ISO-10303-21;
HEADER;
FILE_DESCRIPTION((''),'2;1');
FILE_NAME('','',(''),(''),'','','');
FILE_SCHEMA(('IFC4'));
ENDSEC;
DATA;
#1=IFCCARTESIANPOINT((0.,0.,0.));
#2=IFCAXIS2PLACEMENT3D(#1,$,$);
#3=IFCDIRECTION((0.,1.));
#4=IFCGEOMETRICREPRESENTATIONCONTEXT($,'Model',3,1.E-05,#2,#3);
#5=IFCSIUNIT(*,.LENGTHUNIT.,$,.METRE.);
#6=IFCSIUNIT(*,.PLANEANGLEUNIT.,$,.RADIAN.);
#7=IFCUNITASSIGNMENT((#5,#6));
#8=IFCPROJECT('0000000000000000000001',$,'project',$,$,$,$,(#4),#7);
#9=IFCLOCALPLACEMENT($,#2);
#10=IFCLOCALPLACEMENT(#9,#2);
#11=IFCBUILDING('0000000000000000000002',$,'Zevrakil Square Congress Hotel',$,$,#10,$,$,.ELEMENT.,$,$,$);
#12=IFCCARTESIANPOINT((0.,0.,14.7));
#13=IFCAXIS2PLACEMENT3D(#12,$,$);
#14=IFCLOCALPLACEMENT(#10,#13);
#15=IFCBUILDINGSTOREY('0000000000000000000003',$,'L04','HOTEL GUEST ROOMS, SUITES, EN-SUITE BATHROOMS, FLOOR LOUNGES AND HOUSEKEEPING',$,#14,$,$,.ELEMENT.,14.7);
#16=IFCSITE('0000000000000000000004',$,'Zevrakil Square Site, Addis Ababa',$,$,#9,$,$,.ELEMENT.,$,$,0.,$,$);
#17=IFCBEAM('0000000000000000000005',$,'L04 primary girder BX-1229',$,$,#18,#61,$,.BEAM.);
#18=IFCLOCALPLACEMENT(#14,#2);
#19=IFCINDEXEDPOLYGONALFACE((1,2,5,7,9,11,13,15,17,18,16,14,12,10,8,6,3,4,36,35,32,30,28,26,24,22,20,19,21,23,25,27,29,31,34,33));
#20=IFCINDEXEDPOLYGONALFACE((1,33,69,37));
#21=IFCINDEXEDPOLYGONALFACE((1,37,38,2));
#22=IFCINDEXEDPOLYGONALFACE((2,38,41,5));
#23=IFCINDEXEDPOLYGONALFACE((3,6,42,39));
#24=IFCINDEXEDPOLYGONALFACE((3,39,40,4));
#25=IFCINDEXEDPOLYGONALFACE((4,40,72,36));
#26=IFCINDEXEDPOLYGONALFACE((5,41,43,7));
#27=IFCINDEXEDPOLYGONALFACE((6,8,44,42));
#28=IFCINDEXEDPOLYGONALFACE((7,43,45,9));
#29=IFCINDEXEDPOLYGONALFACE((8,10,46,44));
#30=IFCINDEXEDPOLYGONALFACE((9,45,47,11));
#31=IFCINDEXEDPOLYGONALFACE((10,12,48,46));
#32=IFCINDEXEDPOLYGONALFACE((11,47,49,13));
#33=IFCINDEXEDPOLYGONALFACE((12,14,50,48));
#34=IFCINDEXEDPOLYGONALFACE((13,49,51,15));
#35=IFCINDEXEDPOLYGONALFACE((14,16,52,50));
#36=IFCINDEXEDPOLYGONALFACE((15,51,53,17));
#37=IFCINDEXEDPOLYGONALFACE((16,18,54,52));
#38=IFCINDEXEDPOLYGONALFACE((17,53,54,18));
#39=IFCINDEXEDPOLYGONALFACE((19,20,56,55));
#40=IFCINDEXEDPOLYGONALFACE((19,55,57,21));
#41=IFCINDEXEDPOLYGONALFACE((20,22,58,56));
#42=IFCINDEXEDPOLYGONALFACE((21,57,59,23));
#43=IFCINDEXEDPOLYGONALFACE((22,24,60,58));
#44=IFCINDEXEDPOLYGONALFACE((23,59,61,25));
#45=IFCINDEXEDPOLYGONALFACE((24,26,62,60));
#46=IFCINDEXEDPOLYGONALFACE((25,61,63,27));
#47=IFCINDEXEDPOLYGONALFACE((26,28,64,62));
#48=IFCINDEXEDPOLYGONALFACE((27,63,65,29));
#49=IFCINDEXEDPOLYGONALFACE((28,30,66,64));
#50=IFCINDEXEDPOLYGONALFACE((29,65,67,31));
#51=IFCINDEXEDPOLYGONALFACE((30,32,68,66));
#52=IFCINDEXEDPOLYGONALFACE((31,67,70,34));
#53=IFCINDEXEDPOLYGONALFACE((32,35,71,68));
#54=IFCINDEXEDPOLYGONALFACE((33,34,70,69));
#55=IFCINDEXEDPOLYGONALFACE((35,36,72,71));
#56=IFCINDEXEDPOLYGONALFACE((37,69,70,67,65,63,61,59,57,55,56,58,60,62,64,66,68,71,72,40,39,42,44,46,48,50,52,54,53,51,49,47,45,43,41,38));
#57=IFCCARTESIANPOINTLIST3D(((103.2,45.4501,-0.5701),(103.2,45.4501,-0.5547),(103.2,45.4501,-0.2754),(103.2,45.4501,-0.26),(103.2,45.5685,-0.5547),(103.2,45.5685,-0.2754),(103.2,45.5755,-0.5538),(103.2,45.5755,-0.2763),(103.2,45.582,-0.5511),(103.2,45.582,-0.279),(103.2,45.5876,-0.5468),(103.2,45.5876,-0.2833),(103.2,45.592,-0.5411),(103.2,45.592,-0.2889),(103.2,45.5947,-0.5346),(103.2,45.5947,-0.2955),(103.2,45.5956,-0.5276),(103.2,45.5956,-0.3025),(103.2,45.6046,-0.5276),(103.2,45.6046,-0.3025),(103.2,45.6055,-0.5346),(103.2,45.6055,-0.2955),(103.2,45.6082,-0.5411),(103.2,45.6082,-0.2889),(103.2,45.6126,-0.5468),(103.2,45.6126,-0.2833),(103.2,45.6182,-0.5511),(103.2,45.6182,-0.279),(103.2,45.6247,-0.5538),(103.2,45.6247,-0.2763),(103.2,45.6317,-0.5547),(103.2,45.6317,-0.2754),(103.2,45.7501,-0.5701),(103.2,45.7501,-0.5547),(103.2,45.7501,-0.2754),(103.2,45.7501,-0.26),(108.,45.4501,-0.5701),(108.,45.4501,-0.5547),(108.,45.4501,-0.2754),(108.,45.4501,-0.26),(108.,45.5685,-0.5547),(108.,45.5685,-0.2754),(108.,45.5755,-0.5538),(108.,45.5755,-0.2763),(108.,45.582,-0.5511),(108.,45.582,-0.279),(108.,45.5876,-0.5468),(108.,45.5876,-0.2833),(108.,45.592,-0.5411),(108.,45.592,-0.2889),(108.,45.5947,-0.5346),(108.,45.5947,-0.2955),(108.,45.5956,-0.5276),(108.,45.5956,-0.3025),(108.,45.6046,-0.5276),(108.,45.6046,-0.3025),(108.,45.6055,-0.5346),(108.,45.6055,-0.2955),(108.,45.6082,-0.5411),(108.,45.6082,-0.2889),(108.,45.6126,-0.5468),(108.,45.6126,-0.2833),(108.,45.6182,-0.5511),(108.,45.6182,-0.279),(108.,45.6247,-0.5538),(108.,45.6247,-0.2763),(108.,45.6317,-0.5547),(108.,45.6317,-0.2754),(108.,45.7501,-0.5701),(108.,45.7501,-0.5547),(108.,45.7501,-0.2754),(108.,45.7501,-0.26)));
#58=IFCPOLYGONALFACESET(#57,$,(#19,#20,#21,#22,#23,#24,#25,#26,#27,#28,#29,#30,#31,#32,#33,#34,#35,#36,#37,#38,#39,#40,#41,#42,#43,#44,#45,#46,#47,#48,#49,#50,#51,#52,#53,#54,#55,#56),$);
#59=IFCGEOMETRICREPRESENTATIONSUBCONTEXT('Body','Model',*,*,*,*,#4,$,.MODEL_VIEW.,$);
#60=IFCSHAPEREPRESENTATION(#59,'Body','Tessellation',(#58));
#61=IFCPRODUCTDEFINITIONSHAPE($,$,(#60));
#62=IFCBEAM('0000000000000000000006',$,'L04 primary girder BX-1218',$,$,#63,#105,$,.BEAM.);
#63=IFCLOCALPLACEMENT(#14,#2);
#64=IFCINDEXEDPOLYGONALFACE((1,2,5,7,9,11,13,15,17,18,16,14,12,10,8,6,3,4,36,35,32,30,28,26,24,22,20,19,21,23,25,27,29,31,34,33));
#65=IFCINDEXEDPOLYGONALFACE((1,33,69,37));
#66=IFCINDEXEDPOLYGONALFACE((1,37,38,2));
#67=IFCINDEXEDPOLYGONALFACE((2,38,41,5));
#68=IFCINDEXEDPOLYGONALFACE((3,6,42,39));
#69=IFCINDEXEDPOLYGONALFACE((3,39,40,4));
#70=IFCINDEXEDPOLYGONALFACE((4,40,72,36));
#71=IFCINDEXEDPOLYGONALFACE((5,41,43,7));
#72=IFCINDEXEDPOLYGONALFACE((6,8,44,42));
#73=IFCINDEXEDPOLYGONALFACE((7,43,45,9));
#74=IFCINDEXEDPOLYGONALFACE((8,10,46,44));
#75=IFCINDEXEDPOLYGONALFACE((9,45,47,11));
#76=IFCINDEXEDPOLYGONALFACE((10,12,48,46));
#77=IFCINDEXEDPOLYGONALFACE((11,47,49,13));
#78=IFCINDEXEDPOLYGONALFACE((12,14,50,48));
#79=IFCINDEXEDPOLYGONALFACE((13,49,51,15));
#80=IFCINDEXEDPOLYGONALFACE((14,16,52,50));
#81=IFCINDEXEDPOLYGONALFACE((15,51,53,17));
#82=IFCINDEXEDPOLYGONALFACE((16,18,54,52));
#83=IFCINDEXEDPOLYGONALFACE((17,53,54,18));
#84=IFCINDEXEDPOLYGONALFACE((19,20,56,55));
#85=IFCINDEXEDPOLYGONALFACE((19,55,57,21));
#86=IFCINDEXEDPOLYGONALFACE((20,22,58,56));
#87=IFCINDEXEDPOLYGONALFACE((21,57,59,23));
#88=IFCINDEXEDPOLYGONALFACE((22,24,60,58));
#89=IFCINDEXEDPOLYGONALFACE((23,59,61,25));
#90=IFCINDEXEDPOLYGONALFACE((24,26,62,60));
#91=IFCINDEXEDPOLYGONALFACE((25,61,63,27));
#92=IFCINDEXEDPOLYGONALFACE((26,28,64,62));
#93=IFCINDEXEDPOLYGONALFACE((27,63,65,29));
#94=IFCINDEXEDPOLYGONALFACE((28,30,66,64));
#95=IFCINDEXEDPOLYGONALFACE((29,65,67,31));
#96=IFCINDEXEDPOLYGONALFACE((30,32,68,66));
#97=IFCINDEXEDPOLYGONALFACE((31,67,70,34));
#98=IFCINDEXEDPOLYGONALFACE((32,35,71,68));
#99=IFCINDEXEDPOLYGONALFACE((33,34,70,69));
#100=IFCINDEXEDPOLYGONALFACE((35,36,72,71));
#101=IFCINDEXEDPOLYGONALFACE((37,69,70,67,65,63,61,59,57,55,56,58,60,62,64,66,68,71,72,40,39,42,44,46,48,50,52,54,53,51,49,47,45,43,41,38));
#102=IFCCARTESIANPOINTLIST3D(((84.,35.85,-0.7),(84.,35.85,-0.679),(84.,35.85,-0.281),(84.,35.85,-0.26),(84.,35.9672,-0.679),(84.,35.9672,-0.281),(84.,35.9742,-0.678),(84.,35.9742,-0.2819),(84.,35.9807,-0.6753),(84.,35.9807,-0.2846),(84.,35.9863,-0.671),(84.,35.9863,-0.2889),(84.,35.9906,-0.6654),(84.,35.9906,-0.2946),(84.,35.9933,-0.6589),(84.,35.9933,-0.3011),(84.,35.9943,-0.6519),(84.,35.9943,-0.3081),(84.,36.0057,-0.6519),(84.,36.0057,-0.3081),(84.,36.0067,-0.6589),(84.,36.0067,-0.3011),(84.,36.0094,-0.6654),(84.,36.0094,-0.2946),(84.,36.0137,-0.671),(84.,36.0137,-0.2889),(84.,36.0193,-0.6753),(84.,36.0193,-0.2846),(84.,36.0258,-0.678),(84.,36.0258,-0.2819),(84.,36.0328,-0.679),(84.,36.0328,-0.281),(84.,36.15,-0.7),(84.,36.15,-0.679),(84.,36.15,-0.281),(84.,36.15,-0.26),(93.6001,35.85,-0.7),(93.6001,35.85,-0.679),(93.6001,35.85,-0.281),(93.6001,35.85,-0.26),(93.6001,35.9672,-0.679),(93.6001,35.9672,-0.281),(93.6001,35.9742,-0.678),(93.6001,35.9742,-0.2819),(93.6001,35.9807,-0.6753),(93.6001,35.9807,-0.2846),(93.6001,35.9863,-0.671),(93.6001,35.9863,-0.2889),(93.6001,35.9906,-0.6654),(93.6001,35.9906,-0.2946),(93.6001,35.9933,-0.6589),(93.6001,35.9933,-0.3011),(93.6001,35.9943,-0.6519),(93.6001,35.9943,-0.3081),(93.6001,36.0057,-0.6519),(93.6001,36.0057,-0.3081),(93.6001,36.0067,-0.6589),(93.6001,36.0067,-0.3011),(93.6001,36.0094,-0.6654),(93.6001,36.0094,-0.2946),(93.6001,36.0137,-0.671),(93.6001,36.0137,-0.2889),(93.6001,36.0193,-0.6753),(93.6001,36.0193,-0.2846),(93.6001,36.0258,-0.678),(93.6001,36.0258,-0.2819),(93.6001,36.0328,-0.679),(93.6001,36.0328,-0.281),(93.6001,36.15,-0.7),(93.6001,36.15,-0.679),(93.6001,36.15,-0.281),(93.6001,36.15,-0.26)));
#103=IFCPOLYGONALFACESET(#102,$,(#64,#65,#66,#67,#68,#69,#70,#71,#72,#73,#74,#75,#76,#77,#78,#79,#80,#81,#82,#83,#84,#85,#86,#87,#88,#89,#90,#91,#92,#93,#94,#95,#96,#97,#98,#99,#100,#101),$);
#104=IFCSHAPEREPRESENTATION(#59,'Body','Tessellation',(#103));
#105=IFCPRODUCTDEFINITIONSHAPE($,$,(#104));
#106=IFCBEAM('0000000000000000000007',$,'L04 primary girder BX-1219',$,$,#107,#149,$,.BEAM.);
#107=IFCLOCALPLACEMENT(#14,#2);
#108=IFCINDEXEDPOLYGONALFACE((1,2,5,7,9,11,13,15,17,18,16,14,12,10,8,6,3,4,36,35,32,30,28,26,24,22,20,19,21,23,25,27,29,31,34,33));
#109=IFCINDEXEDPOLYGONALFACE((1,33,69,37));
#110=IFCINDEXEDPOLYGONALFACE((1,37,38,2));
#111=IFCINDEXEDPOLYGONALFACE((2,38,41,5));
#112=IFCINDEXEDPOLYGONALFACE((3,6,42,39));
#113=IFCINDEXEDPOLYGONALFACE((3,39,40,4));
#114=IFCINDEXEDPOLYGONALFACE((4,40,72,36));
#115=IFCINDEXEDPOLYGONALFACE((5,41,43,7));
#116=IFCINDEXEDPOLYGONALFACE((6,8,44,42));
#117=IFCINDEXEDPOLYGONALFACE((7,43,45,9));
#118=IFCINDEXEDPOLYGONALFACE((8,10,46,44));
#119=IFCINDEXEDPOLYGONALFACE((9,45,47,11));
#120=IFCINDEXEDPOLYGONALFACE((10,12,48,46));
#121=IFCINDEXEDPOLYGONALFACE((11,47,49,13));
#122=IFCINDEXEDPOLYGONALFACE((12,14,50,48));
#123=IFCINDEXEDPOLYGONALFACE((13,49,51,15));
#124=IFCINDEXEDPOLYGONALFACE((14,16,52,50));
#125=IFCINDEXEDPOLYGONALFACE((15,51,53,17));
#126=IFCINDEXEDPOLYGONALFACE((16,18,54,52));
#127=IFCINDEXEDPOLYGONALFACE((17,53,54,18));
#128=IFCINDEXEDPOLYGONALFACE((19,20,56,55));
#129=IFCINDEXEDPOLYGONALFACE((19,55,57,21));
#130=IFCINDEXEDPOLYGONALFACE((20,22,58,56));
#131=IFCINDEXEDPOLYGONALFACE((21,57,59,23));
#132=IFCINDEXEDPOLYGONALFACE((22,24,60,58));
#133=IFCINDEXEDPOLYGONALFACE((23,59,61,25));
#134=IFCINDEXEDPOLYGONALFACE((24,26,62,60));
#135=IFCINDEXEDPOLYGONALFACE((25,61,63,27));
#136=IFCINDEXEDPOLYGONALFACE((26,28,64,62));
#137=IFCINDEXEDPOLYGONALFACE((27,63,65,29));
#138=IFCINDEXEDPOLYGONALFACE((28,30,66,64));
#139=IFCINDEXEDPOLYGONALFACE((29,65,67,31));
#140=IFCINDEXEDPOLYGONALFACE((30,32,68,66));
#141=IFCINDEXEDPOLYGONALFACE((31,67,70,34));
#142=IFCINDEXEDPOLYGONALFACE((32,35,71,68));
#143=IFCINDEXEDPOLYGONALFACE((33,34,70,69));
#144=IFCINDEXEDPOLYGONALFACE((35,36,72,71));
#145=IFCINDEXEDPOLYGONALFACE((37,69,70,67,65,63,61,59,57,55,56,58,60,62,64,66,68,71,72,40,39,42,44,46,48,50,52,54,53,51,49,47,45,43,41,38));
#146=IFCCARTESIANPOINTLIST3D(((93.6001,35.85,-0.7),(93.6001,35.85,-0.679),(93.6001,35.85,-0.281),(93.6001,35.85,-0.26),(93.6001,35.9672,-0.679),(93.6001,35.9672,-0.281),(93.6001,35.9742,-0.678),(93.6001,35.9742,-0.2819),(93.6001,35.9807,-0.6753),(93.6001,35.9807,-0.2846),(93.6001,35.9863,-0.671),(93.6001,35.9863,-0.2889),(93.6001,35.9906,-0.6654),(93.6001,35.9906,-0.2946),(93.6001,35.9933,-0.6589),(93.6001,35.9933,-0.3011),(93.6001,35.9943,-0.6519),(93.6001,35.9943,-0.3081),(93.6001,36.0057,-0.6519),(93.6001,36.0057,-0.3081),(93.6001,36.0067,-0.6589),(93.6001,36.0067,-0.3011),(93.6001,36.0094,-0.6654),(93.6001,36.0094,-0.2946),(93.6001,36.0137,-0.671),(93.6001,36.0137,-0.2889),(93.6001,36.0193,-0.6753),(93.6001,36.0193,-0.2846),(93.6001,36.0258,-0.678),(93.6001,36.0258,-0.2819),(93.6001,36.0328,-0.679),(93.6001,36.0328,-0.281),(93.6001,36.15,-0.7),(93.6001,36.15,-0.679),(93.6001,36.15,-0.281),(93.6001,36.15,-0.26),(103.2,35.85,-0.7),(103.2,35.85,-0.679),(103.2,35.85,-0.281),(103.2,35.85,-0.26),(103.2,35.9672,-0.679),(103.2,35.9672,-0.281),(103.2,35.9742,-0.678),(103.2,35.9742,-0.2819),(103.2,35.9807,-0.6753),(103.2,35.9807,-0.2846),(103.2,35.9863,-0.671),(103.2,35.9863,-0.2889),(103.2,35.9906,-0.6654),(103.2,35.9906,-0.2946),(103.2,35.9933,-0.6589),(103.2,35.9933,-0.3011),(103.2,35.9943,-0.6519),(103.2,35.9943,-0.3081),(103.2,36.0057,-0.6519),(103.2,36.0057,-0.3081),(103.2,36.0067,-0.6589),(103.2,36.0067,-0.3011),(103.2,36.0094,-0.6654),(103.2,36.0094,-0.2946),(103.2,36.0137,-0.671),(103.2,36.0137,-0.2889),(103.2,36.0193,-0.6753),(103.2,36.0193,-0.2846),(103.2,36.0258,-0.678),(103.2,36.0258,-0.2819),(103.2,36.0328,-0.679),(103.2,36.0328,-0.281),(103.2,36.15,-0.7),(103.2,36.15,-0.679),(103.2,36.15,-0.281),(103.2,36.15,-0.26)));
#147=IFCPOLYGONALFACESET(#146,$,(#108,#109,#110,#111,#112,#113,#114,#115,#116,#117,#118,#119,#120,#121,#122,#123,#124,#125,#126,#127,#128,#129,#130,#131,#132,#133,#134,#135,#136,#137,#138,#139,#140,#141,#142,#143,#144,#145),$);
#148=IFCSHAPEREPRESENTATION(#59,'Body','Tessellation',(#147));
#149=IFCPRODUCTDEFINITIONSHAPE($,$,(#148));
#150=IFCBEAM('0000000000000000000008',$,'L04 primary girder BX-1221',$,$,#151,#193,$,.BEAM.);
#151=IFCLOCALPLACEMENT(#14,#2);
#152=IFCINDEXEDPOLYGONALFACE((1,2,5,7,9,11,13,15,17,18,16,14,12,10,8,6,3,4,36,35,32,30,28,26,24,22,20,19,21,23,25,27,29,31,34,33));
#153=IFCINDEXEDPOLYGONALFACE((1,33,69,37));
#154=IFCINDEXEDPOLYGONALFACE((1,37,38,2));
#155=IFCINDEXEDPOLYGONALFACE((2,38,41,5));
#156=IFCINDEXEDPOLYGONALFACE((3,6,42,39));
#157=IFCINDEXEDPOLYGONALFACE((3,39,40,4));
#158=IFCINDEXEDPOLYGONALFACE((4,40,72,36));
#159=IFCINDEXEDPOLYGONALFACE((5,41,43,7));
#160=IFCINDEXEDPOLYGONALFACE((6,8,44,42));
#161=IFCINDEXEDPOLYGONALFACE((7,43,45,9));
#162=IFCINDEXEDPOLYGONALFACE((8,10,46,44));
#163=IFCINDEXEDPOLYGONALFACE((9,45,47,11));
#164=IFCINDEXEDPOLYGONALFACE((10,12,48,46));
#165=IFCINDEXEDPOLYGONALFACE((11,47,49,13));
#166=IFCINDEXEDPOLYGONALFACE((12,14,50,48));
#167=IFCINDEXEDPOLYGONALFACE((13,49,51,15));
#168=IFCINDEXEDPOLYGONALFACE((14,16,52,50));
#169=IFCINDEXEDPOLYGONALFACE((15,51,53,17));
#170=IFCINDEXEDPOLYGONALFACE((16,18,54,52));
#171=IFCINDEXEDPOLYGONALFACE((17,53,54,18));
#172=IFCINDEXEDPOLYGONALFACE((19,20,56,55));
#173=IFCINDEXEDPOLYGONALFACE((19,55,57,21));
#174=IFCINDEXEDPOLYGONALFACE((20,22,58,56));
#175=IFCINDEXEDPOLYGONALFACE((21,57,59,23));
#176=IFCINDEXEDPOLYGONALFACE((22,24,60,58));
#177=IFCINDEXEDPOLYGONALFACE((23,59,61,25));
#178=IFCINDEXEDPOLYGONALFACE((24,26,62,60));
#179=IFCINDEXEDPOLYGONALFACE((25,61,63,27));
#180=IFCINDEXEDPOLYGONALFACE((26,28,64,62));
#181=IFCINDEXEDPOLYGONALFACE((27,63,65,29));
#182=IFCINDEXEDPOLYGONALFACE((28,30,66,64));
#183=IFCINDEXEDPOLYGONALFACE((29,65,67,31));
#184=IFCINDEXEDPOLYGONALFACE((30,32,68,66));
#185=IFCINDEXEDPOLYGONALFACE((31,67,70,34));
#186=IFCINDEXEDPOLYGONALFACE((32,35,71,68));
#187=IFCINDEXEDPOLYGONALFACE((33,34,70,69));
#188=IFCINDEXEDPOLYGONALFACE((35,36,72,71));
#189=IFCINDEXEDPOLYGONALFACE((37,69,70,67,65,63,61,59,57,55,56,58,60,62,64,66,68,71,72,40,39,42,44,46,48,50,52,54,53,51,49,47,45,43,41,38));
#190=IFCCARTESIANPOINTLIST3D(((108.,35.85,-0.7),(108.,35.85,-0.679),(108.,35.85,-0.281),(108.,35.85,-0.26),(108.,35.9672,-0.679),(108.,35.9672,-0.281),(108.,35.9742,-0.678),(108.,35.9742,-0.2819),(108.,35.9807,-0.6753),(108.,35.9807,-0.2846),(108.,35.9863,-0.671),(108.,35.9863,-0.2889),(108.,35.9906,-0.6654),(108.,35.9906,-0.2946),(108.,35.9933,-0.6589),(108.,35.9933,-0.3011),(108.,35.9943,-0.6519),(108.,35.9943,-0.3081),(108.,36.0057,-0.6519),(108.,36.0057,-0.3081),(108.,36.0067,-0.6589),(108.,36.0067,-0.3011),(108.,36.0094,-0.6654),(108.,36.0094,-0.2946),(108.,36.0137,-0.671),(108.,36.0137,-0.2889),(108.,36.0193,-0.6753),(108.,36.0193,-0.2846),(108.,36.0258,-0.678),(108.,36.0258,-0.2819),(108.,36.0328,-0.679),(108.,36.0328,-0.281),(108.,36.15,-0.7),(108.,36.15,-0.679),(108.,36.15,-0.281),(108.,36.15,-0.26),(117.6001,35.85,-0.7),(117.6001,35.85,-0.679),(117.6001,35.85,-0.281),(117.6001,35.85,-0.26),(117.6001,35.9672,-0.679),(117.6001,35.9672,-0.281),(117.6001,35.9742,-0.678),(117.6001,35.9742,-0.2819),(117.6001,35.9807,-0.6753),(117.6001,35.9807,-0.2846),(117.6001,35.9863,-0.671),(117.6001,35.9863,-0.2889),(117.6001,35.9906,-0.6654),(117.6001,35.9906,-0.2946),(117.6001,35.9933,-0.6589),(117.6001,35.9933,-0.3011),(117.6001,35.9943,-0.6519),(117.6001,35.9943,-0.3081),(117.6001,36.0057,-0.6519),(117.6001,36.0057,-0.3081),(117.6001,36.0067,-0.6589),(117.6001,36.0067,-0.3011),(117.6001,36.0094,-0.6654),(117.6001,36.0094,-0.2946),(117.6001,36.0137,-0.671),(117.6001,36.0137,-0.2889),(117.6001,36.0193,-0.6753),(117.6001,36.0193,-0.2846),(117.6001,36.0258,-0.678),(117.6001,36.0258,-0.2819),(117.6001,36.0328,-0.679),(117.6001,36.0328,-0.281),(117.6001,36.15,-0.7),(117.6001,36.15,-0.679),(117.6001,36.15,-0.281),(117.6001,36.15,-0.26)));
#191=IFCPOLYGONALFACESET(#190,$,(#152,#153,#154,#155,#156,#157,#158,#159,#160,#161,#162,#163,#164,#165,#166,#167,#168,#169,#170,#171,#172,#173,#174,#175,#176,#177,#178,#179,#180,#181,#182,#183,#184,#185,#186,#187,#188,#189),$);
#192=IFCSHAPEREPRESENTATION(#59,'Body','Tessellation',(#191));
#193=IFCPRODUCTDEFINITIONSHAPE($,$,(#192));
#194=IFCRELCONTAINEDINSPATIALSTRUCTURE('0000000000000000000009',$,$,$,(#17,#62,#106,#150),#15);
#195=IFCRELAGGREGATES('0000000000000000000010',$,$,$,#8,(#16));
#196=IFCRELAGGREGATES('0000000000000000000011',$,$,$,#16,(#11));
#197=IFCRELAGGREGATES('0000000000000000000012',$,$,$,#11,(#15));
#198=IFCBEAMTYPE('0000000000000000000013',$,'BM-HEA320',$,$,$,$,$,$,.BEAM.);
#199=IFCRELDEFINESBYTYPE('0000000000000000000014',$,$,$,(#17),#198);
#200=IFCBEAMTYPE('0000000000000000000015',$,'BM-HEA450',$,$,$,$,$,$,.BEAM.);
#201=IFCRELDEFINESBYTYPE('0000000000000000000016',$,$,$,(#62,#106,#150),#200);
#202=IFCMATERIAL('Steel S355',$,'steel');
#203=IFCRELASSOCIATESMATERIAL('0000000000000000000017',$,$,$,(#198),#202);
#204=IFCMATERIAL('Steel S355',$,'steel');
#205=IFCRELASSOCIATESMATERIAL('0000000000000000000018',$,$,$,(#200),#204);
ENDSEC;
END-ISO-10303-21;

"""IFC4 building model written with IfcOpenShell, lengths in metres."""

from ifc_helpers import new_model, si_unit, direction, frame, origin, origin_2d, place, context, subcontext, project, spatial, i_section, extrude, material, material_profile, profile_set, type_object, element, save


model = new_model("IFC4")

# Units and contexts
model_context = context("Model", 3, precision=1e-05, world=origin(), true_north=direction((0.0, 1.0)))
body_context = subcontext(model_context, "Body", "Model", "MODEL_VIEW")
ifc_project = project(units=[si_unit("LENGTHUNIT", "METRE"), si_unit("PLANEANGLEUNIT", "RADIAN")], contexts=[model_context])

# Site, building, storey
site_placement = place(None, origin())
site = spatial("IfcSite", under=ifc_project, at=site_placement, Name="Zevrakil Square Site, Addis Ababa", CompositionType="ELEMENT", RefElevation=0.0)
building_placement = place(site_placement, origin())
building = spatial("IfcBuilding", under=site, at=building_placement, Name="Zevrakil Square Congress Hotel", CompositionType="ELEMENT")
storey_placement = place(building_placement, frame((0.0, 0.0, 14.7)))
storey = spatial("IfcBuildingStorey", under=building, at=storey_placement, Name="L04", Description="HOTEL GUEST ROOMS, SUITES, EN-SUITE BATHROOMS, FLOOR LOUNGES AND HOUSEKEEPING", CompositionType="ELEMENT", Elevation=14.7)

# Beams
ifc_material_1 = material(Name="Steel S355", Category="steel")
ifc_material_profile_1 = material_profile(ifc_material_1, i_section(OverallWidth=0.3, OverallDepth=0.3101, WebThickness=0.009, FlangeThickness=0.0154, FilletRadius=0.0271, at=origin_2d()), Name="HEA 320")
ifc_profile_set_1 = profile_set([ifc_material_profile_1], Name="Steel S355")
beam_type_1 = type_object("IfcBeamType", Name="BM-HEA320", PredefinedType="BEAM", material=ifc_profile_set_1)
for number, where, z_axis, x_axis, name in (
    (1, (103.2, 45.6001, -0.415), (1.0, 0.0, 0.0), (0.0, 1.0, 0.0), "L04 primary girder BX-1229"),
):
    element("IfcBeam", number, at=place(storey_placement, frame(where, z_axis=z_axis, x_axis=x_axis)), inside=storey, type_object=beam_type_1, Name=name, PredefinedType="BEAM", context=body_context, shape_type="SweptSolid", body=[
        extrude(i_section(OverallWidth=0.3, OverallDepth=0.3101, WebThickness=0.009, FlangeThickness=0.0154, FilletRadius=0.0271, at=origin_2d()), origin(), (0.0, 0.0, 1.0), 4.8),
    ])
ifc_material_2 = material(Name="Steel S355", Category="steel")
ifc_material_profile_2 = material_profile(ifc_material_2, i_section(OverallWidth=0.3, OverallDepth=0.4399, WebThickness=0.0115, FlangeThickness=0.021, FilletRadius=0.0271, at=origin_2d()), Name="HEA 450")
ifc_profile_set_2 = profile_set([ifc_material_profile_2], Name="Steel S355")
beam_type_2 = type_object("IfcBeamType", Name="BM-HEA450", PredefinedType="BEAM", material=ifc_profile_set_2)
beam_1_placement = place(storey_placement, frame((84.0, 36.0, -0.48), z_axis=(1.0, 0.0, 0.0), x_axis=(0.0, 1.0, 0.0)))
element("IfcBeam", 2, at=beam_1_placement, inside=storey, type_object=beam_type_2, Name="L04 primary girder BX-1218", PredefinedType="BEAM", context=body_context, shape_type="SweptSolid", body=[
    extrude(i_section(OverallWidth=0.3, OverallDepth=0.4399, WebThickness=0.0115, FlangeThickness=0.021, FilletRadius=0.0271, at=origin_2d()), origin(), (0.0, 0.0, 1.0), 9.6001),
])
beam_2_placement = place(storey_placement, frame((93.6001, 36.0, -0.48), z_axis=(1.0, 0.0, 0.0), x_axis=(0.0, 1.0, 0.0)))
element("IfcBeam", 3, at=beam_2_placement, inside=storey, type_object=beam_type_2, Name="L04 primary girder BX-1219", PredefinedType="BEAM", context=body_context, shape_type="SweptSolid", body=[
    extrude(i_section(OverallWidth=0.3, OverallDepth=0.4399, WebThickness=0.0115, FlangeThickness=0.021, FilletRadius=0.0271, at=origin_2d()), origin(), (0.0, 0.0, 1.0), 9.5999),
])
for number, where, z_axis, x_axis, name in (
    (4, (108.0, 36.0, -0.48), (1.0, 0.0, 0.0), (0.0, 1.0, 0.0), "L04 primary girder BX-1221"),
):
    element("IfcBeam", number, at=place(storey_placement, frame(where, z_axis=z_axis, x_axis=x_axis)), inside=storey, type_object=beam_type_2, Name=name, PredefinedType="BEAM", context=body_context, shape_type="SweptSolid", body=[
        extrude(i_section(OverallWidth=0.3, OverallDepth=0.4399, WebThickness=0.0115, FlangeThickness=0.021, FilletRadius=0.0271, at=origin_2d()), origin(), (0.0, 0.0, 1.0), 9.6001),
    ])

save(model, "model.ifc")
